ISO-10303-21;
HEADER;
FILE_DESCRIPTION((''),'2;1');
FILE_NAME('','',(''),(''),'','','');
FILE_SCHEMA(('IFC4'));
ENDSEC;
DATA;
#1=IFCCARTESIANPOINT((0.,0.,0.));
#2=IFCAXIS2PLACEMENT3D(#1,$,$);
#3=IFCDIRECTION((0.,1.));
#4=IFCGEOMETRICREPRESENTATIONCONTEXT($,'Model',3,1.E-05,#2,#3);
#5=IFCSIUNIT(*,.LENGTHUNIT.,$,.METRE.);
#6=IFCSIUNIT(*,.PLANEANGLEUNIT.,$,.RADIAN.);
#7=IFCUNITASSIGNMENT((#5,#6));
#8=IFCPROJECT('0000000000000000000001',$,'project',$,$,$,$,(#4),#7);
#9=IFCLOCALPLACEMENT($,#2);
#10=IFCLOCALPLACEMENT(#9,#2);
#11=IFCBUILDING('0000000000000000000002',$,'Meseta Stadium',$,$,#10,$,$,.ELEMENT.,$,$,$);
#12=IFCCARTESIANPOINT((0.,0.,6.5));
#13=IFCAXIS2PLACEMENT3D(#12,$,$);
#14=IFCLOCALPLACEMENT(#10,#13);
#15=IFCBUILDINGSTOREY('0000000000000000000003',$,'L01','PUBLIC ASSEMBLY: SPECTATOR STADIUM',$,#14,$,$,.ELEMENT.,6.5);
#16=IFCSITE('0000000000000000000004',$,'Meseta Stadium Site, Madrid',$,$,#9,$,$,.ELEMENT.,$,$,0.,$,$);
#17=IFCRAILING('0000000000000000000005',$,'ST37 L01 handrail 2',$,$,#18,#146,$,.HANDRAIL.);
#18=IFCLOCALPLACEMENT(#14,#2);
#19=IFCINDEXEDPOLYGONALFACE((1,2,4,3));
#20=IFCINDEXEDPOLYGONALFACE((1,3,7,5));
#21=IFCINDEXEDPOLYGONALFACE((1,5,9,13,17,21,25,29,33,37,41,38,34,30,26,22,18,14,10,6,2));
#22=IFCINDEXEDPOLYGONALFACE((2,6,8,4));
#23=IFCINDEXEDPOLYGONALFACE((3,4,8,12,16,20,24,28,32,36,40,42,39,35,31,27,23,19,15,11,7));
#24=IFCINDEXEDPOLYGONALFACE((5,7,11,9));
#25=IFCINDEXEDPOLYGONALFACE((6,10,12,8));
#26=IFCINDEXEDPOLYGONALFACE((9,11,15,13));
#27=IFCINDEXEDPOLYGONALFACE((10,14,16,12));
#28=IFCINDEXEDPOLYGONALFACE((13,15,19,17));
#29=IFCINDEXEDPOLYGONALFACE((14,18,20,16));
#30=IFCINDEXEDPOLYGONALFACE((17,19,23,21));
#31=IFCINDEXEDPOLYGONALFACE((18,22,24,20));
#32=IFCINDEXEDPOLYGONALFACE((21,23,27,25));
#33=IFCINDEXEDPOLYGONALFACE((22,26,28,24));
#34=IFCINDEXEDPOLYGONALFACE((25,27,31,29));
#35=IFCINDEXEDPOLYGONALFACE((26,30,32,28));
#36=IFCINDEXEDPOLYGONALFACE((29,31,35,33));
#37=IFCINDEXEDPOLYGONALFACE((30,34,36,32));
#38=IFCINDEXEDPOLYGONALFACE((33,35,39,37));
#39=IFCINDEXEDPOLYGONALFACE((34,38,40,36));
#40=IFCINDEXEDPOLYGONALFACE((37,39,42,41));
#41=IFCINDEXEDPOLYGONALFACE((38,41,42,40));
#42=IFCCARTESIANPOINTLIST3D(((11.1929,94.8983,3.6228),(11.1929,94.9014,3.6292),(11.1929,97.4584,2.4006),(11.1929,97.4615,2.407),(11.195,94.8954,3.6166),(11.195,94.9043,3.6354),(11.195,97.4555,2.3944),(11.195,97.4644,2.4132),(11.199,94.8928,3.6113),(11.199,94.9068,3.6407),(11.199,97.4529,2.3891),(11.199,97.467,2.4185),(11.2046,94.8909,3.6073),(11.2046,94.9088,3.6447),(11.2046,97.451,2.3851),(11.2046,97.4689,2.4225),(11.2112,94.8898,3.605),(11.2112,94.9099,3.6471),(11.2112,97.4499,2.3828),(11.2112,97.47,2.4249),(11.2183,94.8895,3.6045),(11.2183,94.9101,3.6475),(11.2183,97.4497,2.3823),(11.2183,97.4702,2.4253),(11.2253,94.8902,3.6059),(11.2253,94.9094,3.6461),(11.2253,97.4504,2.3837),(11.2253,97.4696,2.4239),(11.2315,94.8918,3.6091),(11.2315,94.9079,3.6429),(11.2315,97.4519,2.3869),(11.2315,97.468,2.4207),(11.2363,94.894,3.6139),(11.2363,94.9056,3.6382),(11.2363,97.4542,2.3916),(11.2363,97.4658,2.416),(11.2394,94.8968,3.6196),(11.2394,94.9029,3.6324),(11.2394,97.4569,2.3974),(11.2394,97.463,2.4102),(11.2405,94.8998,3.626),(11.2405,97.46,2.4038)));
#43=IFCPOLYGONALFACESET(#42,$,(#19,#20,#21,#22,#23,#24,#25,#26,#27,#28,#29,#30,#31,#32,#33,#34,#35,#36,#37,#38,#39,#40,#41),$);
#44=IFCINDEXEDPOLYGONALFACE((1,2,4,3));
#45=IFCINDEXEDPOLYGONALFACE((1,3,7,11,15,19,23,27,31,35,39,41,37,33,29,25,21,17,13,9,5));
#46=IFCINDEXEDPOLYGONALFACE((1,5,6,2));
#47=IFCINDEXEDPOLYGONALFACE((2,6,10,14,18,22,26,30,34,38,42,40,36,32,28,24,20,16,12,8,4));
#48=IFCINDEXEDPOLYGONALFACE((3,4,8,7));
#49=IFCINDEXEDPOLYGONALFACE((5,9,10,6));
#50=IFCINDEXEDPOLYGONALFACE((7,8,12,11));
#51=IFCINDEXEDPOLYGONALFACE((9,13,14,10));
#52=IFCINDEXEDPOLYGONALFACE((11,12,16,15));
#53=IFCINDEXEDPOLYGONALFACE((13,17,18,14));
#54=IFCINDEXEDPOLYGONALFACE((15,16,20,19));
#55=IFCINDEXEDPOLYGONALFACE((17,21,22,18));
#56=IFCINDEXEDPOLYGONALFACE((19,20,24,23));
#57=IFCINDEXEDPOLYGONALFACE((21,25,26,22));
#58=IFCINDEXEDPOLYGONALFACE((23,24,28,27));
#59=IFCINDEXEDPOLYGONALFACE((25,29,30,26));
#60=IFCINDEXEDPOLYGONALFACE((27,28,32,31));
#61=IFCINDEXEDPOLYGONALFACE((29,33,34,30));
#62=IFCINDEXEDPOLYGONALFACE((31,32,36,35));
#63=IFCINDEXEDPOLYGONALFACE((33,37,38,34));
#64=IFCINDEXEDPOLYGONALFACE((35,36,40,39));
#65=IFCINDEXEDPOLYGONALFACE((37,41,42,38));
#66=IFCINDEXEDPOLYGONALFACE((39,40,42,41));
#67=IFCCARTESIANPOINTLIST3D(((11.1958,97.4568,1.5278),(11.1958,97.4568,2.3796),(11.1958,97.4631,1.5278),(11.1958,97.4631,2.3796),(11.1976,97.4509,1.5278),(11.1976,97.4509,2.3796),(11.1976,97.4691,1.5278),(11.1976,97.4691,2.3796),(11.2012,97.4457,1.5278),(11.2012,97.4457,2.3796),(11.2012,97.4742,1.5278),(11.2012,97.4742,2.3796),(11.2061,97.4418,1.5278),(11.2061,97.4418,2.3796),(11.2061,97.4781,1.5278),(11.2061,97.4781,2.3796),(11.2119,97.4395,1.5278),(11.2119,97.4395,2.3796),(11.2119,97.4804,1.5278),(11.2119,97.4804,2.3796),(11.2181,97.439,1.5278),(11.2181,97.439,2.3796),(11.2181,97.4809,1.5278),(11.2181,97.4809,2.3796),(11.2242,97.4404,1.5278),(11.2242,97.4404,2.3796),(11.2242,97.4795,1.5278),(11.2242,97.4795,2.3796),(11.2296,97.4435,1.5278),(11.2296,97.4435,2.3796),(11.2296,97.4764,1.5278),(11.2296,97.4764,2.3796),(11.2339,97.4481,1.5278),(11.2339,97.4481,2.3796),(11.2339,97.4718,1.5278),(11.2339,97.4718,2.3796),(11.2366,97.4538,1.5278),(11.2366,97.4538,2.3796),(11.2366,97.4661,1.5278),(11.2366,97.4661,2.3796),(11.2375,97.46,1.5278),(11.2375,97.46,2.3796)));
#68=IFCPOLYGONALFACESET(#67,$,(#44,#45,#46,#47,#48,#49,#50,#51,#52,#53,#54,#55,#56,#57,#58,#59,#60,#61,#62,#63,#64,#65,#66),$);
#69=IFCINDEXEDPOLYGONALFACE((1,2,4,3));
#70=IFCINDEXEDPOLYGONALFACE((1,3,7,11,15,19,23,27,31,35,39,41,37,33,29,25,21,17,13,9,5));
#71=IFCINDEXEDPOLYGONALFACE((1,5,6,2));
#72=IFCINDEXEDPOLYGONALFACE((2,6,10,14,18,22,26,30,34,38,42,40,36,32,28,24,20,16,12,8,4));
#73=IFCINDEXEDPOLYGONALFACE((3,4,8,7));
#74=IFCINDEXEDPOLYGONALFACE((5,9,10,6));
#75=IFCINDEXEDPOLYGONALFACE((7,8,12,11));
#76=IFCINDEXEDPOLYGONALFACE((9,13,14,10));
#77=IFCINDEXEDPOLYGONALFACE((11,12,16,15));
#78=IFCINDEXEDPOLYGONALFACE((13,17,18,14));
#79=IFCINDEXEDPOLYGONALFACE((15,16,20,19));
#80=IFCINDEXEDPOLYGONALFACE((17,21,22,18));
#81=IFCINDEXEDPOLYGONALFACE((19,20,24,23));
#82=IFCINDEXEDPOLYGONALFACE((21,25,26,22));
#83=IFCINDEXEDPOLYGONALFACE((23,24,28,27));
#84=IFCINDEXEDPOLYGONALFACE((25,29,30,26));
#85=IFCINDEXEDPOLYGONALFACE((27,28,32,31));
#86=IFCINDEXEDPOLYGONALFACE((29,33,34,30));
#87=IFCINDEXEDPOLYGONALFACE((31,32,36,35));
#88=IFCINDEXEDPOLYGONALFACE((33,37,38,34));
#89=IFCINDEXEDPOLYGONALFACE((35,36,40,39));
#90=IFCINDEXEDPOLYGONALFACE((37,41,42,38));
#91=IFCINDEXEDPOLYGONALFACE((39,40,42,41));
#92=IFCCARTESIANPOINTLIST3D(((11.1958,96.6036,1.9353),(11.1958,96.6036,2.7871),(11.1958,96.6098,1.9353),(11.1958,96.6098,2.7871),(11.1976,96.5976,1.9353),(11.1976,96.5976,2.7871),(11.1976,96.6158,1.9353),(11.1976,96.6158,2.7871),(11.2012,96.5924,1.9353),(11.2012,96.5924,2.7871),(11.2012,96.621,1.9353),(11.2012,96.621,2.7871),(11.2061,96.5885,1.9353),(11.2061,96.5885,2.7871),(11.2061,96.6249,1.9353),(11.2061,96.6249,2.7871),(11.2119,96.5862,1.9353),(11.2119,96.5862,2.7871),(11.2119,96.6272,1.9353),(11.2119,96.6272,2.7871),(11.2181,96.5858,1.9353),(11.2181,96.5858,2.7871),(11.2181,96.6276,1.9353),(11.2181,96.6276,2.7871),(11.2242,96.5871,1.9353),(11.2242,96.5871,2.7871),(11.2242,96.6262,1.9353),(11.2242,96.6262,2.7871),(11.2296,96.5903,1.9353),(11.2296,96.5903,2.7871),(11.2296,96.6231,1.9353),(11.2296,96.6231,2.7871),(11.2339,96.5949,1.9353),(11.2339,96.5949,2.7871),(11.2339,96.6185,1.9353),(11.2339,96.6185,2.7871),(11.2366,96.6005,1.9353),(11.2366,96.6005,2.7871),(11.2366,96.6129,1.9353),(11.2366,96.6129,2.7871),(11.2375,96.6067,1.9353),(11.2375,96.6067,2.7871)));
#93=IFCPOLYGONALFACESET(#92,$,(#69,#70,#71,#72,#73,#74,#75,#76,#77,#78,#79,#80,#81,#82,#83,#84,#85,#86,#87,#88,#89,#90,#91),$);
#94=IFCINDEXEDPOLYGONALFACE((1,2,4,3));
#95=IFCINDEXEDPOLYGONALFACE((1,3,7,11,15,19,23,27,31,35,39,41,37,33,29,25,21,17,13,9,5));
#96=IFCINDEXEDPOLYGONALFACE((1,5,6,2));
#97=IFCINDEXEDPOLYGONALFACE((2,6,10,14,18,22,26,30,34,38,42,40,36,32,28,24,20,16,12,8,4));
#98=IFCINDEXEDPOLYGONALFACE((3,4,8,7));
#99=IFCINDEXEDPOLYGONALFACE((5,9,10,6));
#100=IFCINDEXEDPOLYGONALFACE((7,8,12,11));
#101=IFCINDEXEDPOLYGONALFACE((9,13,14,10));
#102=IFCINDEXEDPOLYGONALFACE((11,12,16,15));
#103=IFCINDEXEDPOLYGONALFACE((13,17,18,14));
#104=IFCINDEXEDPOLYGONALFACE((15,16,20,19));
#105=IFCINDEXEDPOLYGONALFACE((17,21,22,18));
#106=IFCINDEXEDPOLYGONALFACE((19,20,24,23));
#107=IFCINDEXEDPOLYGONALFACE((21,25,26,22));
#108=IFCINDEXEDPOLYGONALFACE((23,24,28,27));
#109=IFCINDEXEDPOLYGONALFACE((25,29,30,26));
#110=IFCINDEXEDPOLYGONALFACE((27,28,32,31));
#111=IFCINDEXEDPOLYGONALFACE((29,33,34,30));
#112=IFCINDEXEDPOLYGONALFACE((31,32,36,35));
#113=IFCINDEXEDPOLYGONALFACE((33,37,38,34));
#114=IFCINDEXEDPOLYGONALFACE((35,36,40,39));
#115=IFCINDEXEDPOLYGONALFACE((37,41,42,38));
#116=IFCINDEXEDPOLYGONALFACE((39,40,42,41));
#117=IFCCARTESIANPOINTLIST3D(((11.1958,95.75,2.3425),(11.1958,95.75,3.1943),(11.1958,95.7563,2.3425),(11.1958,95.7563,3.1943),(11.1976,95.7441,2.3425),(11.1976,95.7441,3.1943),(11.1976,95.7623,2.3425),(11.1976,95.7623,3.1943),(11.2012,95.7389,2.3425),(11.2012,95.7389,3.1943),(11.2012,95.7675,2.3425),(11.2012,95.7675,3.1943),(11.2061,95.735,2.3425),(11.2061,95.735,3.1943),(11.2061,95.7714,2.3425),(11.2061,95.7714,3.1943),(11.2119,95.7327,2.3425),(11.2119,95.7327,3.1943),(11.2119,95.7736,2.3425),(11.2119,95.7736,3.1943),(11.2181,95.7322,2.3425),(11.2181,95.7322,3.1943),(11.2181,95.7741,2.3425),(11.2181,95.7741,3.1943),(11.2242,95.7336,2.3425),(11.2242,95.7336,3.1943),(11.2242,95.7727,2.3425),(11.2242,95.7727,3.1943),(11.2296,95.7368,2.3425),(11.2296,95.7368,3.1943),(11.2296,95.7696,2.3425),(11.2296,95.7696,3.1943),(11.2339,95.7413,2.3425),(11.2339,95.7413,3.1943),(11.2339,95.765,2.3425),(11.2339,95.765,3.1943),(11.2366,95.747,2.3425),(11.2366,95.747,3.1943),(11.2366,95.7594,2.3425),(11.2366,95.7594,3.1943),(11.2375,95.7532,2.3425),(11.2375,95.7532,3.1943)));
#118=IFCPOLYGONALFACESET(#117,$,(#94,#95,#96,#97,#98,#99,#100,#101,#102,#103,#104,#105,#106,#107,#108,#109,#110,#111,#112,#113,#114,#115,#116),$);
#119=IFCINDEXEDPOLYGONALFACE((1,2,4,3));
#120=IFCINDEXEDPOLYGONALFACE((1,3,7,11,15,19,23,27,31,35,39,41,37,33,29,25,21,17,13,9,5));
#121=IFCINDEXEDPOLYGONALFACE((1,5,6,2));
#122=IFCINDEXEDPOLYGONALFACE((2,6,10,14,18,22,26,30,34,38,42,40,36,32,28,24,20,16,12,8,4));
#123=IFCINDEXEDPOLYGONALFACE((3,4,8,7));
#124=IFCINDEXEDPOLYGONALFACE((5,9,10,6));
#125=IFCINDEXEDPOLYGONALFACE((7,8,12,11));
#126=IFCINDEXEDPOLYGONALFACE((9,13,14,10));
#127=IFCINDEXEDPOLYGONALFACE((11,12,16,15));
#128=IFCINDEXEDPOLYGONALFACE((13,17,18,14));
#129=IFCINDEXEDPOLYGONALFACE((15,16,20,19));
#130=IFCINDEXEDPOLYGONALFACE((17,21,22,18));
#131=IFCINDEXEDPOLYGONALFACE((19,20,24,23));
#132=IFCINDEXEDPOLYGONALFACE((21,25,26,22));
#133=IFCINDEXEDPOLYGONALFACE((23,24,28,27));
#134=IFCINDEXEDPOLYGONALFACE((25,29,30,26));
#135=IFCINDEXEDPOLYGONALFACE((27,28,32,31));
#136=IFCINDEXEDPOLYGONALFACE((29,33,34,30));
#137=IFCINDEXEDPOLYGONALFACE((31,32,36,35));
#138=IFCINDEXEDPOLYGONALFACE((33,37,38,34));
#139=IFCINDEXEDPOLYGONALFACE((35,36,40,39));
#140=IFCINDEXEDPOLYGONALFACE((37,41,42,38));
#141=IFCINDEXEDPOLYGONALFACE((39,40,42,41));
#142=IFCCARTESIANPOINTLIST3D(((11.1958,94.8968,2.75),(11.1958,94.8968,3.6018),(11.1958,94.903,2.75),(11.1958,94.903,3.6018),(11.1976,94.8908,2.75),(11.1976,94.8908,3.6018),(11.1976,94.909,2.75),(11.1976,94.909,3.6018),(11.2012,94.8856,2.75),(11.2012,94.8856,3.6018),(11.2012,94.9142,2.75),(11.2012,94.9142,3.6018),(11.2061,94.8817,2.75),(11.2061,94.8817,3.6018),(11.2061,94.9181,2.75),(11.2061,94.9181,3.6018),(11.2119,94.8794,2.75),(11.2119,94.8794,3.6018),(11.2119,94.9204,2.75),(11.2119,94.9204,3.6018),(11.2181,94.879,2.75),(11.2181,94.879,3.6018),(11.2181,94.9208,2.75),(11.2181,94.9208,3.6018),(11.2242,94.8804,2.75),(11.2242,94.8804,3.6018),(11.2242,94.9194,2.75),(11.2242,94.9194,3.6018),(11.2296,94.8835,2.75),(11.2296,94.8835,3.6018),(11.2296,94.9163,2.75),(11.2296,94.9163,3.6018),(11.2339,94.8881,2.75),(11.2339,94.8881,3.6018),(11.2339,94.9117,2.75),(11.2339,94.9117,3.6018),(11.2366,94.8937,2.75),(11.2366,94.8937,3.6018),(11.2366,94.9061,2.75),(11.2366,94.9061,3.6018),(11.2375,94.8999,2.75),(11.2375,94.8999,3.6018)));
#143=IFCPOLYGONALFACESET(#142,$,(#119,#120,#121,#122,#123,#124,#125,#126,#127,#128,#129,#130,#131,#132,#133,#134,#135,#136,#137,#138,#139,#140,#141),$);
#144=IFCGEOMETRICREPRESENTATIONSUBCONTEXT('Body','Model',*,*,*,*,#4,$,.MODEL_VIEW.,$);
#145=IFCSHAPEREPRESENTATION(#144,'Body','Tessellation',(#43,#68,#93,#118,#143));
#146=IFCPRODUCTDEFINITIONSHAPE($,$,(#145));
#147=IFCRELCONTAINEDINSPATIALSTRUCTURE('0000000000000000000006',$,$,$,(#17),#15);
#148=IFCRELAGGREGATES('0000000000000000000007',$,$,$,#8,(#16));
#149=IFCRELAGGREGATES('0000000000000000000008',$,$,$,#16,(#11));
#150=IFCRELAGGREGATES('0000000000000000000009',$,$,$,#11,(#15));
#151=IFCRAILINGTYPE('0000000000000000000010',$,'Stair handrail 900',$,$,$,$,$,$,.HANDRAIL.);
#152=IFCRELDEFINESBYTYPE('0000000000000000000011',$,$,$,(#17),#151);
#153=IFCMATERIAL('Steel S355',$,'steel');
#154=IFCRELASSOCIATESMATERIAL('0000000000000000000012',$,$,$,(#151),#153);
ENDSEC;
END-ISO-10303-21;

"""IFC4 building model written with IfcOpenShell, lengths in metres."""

from ifc_helpers import new_model, si_unit, direction, frame, origin, origin_2d, place, context, subcontext, project, spatial, circle, extrude, material, type_object, element, save


model = new_model("IFC4")

# Units and contexts
model_context = context("Model", 3, precision=1e-05, world=origin(), true_north=direction((0.0, 1.0)))
body_context = subcontext(model_context, "Body", "Model", "MODEL_VIEW")
ifc_project = project(units=[si_unit("LENGTHUNIT", "METRE"), si_unit("PLANEANGLEUNIT", "RADIAN")], contexts=[model_context])

# Site, building, storey
site_placement = place(None, origin())
site = spatial("IfcSite", under=ifc_project, at=site_placement, Name="Meseta Stadium Site, Madrid", CompositionType="ELEMENT", RefElevation=0.0)
building_placement = place(site_placement, origin())
building = spatial("IfcBuilding", under=site, at=building_placement, Name="Meseta Stadium", CompositionType="ELEMENT")
storey_placement = place(building_placement, frame((0.0, 0.0, 6.5)))
storey = spatial("IfcBuildingStorey", under=building, at=storey_placement, Name="L01", Description="PUBLIC ASSEMBLY: SPECTATOR STADIUM", CompositionType="ELEMENT", Elevation=6.5)

# Railing
ifc_material_1 = material(Name="Steel S355", Category="steel")
railing_type_1 = type_object("IfcRailingType", Name="Stair handrail 900", PredefinedType="HANDRAIL", material=ifc_material_1)
railing_1_placement = place(storey_placement, frame((11.2166, 97.46, 1.5278)))
element("IfcRailing", 1, at=railing_1_placement, inside=storey, type_object=railing_type_1, Name="ST37 L01 handrail 2", PredefinedType="HANDRAIL", context=body_context, shape_type="SweptSolid", body=[
    extrude(circle(Radius=0.0239, at=origin_2d()), frame((0.0, 0.0, 0.876), z_axis=(0.0, -0.902437, 0.430822), x_axis=(1.0, 0.0, 0.0)), (0.0, 0.0, 1.0), 2.8369),
    extrude(circle(Radius=0.021, at=origin_2d()), origin(), (0.0, 0.0, 1.0), 0.8518),
    extrude(circle(Radius=0.021, at=origin_2d()), frame((0.0, -0.8533, 0.4075)), (0.0, 0.0, 1.0), 0.8518),
    extrude(circle(Radius=0.021, at=origin_2d()), frame((0.0, -1.7068, 0.8147)), (0.0, 0.0, 1.0), 0.8518),
    extrude(circle(Radius=0.021, at=origin_2d()), frame((0.0, -2.5601, 1.2222)), (0.0, 0.0, 1.0), 0.8518),
])

save(model, "model.ifc")
